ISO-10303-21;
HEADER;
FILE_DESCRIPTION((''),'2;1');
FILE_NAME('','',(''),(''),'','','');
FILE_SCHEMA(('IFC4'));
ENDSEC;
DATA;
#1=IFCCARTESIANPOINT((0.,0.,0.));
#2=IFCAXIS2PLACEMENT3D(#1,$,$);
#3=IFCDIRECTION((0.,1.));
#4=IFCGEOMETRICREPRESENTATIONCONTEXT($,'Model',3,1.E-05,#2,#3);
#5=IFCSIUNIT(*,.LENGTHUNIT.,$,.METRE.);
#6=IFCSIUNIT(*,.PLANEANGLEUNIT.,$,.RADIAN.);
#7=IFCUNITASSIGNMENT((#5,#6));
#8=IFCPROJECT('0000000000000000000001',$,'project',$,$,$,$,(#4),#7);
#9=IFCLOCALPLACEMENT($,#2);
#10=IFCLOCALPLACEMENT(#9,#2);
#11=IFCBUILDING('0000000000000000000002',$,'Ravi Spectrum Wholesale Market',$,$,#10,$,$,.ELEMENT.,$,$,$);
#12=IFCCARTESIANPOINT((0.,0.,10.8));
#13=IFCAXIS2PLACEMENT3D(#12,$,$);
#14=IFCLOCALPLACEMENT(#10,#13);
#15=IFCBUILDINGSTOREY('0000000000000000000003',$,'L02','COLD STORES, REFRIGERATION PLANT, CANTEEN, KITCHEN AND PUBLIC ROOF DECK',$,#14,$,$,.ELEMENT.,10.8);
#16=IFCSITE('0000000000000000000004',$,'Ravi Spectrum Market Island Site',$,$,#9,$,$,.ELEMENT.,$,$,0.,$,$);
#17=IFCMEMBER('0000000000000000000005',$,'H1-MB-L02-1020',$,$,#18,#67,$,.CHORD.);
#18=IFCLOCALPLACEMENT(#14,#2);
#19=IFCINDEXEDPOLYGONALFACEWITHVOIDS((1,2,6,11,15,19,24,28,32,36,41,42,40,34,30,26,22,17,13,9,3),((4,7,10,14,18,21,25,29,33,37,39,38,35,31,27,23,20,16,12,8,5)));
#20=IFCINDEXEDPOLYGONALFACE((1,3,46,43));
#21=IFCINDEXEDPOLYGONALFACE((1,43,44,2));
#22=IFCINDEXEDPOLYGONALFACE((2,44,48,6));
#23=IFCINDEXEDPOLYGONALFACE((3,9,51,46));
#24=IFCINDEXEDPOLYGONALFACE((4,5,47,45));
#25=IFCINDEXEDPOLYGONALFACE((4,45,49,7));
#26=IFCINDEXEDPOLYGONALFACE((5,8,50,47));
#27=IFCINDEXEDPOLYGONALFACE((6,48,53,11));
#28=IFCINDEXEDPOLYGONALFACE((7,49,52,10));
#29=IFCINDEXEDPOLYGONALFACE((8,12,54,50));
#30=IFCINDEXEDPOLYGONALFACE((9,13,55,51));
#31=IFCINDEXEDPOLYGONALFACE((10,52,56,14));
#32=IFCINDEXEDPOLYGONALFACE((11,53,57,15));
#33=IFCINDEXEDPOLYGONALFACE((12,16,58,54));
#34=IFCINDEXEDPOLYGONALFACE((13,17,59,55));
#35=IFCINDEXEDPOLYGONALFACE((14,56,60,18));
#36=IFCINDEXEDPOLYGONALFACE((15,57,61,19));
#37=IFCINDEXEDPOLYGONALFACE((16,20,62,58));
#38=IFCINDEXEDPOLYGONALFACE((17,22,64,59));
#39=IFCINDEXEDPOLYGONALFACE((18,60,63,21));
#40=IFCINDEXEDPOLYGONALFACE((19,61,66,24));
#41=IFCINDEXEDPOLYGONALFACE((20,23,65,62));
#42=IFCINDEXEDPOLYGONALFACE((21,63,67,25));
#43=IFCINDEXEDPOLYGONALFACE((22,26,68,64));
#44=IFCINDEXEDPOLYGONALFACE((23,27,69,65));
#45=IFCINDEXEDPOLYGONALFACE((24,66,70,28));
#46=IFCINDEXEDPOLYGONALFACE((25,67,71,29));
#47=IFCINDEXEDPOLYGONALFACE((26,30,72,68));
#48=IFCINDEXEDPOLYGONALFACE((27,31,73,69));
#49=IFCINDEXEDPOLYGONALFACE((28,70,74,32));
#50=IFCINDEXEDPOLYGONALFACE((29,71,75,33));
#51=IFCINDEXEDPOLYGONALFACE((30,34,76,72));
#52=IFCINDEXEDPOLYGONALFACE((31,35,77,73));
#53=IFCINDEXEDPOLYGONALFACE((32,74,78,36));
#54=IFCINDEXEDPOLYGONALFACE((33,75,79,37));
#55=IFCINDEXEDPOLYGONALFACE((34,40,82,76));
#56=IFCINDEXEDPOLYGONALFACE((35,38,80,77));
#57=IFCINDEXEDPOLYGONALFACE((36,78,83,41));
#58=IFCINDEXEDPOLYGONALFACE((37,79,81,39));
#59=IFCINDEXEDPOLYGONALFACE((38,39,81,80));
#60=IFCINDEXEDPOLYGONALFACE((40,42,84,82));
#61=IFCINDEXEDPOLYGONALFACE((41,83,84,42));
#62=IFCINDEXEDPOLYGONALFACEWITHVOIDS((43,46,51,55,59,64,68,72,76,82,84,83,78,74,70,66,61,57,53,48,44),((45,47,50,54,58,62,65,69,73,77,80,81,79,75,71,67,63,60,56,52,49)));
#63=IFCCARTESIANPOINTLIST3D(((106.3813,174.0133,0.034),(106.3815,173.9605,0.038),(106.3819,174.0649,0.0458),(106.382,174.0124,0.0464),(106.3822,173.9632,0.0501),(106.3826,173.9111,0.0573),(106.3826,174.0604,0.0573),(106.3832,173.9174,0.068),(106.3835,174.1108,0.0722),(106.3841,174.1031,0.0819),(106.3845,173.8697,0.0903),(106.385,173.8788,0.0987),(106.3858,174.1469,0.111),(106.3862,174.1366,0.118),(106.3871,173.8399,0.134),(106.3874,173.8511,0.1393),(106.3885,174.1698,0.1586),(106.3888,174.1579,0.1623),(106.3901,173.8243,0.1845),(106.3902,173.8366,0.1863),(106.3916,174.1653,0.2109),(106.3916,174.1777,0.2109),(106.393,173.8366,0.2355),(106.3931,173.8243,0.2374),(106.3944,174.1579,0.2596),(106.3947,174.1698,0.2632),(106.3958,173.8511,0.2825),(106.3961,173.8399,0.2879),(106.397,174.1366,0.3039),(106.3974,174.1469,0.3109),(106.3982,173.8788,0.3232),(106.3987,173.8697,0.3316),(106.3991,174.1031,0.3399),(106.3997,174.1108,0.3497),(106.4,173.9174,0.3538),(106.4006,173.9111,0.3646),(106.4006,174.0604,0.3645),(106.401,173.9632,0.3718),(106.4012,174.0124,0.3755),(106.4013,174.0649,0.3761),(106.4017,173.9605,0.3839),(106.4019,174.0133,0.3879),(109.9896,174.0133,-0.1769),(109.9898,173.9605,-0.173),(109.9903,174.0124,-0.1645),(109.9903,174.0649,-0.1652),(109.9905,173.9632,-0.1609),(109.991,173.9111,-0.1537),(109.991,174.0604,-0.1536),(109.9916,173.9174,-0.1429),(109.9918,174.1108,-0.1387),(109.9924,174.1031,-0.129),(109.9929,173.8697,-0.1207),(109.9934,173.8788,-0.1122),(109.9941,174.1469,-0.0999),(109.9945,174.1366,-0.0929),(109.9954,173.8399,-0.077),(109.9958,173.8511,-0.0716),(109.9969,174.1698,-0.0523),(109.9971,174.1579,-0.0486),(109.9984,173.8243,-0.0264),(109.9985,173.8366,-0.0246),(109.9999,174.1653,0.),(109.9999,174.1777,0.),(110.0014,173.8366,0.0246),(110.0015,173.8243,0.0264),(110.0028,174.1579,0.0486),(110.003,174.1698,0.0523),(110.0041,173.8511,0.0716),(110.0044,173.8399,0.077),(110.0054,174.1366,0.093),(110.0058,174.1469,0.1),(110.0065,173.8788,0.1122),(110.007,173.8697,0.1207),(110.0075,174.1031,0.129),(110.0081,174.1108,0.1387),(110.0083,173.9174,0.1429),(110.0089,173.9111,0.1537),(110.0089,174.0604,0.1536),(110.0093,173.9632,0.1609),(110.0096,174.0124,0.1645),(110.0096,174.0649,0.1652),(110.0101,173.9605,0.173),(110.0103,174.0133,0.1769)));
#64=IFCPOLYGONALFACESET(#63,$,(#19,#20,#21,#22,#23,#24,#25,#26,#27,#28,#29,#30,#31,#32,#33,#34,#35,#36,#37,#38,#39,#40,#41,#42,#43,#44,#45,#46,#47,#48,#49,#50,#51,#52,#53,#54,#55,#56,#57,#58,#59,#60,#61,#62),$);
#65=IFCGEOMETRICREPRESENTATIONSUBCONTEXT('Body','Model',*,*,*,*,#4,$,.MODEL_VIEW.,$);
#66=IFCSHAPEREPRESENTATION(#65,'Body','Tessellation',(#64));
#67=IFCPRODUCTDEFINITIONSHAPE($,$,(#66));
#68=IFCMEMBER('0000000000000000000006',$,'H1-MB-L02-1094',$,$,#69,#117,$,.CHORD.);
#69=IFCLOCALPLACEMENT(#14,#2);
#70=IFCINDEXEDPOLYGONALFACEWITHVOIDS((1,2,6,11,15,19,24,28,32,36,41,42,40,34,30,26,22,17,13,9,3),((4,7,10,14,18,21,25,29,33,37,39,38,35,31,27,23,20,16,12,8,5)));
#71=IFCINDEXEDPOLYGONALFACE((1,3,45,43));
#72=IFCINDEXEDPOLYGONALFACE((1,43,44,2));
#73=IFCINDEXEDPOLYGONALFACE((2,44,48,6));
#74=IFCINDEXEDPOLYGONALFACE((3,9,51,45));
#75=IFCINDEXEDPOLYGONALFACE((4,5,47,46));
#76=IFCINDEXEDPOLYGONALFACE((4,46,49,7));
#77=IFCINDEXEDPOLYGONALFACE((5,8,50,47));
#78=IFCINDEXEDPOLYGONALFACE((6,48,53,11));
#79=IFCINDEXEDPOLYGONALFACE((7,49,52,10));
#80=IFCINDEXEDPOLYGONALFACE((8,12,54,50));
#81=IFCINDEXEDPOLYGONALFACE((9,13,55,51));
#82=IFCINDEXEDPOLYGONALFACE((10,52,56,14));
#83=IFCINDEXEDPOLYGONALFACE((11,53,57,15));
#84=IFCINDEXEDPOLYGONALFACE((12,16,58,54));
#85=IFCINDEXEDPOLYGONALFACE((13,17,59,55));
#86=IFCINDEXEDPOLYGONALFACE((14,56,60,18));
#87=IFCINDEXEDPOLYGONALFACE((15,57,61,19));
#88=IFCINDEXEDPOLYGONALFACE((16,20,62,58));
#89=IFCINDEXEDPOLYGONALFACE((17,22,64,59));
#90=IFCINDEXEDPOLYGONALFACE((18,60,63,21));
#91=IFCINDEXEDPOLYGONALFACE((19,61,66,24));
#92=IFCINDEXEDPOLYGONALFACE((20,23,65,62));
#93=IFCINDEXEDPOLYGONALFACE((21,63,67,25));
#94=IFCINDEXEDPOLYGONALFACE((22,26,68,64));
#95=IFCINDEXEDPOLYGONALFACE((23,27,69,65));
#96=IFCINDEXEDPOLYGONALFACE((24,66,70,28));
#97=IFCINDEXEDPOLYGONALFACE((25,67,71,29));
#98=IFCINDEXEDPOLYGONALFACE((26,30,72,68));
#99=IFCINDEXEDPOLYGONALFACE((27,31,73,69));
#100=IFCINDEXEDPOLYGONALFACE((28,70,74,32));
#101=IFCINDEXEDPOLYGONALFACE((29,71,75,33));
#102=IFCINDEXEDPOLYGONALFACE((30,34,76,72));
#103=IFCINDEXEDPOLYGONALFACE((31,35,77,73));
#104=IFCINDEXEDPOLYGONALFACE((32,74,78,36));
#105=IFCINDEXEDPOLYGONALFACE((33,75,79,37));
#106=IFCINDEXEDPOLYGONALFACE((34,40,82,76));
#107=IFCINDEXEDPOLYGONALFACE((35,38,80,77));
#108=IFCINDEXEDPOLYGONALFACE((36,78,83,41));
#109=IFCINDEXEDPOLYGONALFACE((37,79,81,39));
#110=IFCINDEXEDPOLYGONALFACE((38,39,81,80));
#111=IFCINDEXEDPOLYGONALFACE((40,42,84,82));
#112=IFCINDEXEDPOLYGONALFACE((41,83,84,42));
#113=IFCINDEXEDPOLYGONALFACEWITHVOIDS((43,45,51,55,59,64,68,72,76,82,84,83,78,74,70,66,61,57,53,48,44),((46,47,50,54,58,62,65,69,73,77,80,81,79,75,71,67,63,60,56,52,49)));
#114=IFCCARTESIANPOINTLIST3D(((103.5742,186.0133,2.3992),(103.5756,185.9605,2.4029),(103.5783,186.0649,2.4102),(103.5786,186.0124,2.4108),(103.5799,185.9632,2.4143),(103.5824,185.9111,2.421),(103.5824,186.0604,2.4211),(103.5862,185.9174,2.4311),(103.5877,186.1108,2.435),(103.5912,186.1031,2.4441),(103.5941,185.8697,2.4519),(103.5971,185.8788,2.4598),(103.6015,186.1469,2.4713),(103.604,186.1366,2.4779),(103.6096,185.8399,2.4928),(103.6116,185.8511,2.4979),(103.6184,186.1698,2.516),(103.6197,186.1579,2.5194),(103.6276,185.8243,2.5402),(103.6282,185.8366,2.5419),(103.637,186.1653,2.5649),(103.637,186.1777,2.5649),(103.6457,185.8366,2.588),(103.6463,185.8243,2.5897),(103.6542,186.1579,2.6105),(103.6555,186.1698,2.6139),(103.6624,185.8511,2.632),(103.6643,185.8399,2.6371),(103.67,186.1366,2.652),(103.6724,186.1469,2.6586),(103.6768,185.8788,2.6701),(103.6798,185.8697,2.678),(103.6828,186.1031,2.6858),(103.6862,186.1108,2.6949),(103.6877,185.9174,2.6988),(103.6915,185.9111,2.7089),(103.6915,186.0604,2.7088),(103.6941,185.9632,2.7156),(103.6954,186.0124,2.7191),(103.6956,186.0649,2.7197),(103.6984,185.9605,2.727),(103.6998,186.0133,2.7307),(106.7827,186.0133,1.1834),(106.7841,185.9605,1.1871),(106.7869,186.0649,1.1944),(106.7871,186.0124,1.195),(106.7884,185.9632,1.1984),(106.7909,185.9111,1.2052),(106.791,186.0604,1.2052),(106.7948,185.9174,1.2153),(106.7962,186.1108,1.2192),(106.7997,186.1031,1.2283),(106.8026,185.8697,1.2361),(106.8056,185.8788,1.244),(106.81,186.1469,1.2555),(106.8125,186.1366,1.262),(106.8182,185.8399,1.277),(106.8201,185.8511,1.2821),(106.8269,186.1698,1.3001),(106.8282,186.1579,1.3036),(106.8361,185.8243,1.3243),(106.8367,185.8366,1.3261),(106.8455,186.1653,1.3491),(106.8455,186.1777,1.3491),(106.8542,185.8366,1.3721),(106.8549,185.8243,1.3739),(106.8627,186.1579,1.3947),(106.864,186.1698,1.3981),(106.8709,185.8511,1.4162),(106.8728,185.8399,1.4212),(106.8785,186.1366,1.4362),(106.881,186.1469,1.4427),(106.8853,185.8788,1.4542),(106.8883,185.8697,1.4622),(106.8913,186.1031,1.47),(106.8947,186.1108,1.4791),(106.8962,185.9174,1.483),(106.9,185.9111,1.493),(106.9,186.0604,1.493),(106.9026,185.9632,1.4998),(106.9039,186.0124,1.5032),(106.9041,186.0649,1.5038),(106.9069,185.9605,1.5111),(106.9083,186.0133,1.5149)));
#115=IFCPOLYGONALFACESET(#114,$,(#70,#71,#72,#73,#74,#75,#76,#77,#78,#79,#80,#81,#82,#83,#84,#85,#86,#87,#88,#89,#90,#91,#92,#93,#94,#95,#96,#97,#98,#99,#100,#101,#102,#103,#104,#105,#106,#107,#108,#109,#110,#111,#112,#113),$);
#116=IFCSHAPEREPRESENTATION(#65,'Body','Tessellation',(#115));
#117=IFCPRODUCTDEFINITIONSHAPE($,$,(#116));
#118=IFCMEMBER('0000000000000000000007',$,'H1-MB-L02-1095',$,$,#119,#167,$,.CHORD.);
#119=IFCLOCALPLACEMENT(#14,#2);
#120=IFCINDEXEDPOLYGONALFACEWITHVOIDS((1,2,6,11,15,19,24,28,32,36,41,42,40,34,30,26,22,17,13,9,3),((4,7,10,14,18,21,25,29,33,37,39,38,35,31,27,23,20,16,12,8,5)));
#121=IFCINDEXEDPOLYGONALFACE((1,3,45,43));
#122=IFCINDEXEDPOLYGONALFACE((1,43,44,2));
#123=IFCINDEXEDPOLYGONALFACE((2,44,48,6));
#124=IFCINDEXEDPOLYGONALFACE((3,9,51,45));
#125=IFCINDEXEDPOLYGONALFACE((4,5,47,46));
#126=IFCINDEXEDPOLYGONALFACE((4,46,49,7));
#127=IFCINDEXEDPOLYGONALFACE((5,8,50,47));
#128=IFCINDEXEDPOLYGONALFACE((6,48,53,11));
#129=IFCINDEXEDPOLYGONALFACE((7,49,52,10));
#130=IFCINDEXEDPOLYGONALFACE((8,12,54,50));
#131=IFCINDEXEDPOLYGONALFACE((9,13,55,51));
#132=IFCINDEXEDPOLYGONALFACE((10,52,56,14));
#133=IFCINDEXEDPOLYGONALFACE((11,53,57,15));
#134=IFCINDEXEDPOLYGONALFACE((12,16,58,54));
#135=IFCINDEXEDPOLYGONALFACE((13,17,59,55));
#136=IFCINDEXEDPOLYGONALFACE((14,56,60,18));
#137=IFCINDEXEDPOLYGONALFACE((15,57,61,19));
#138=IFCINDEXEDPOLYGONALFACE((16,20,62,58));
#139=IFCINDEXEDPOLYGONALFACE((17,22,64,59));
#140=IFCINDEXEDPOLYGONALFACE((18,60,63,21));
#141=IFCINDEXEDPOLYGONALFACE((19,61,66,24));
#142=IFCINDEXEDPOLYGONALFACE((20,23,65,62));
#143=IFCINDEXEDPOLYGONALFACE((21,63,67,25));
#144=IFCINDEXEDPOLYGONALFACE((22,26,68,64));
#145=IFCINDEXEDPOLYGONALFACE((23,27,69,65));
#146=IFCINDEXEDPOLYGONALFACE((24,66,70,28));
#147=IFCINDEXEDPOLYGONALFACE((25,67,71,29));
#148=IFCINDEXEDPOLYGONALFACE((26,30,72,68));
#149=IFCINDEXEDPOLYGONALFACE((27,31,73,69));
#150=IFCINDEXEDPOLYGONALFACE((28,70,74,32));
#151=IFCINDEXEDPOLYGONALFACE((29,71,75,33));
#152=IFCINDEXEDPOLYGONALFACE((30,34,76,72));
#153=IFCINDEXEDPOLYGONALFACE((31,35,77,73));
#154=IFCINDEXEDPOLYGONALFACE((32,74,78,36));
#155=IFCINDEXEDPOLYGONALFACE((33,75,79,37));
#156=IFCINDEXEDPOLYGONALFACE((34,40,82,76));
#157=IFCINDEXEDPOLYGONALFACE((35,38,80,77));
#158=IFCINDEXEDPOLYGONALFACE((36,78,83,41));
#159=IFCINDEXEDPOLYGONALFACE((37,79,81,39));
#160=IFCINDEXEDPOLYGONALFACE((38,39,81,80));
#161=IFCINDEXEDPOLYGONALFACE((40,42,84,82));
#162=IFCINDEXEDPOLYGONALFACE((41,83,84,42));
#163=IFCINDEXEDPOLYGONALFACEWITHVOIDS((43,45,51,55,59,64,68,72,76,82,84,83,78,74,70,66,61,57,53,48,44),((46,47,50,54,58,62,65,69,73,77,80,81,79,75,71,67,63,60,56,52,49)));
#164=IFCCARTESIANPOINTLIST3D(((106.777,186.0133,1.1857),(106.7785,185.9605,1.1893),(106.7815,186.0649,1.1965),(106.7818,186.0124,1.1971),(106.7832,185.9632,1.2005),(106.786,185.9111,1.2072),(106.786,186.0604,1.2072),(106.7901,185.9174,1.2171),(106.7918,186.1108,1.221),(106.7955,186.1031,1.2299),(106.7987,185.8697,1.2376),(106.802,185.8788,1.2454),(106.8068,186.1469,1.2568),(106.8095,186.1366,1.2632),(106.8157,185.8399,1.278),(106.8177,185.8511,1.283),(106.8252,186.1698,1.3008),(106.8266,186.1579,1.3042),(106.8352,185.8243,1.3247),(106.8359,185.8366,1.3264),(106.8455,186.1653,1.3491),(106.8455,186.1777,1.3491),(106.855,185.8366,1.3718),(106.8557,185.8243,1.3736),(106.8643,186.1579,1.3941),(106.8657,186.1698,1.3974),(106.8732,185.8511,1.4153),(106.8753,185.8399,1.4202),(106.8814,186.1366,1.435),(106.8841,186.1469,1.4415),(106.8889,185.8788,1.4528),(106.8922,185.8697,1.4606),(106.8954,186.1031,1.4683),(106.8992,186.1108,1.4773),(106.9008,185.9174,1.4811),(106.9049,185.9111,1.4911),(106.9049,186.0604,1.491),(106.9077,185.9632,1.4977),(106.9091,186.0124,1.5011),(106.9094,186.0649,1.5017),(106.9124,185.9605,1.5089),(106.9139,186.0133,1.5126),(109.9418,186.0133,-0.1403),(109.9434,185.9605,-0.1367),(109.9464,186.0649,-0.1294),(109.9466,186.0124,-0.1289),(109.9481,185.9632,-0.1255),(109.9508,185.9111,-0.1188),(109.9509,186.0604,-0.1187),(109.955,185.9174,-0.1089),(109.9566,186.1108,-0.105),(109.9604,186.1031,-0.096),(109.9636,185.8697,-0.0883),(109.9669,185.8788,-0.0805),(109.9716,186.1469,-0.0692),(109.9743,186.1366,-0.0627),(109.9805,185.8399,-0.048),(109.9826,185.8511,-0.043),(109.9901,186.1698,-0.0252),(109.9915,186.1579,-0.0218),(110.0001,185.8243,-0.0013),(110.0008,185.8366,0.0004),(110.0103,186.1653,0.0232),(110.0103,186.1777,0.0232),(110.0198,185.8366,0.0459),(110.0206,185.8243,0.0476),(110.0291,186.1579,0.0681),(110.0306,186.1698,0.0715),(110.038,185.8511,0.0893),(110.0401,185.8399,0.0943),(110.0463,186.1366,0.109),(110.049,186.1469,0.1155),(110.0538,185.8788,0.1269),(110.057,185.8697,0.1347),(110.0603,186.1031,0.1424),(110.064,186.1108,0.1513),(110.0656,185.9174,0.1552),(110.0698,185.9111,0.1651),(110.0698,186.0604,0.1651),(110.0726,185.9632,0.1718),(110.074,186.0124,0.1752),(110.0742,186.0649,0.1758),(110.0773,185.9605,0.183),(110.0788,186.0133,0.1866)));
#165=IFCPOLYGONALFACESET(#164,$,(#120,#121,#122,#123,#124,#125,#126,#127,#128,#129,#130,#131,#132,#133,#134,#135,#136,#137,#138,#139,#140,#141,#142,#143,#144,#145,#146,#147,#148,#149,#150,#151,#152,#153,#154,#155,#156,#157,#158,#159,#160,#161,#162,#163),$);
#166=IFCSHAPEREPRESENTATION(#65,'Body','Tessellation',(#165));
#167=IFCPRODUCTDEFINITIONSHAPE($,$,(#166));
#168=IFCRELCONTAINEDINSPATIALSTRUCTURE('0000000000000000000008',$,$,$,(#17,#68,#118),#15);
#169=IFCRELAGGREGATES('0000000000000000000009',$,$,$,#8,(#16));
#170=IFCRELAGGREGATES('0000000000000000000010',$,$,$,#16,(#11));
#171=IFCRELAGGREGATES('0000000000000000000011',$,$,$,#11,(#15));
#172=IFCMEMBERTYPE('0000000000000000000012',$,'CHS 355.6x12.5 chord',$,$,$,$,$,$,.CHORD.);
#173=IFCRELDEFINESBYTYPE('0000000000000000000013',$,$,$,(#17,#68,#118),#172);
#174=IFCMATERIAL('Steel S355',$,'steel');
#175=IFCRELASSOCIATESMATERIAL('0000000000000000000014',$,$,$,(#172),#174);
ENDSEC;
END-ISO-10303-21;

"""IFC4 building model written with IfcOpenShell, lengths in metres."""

from ifc_helpers import new_model, si_unit, direction, frame, origin, origin_2d, place, context, subcontext, project, spatial, hollow_circle, extrude, material, material_profile, profile_set, type_object, element, save


model = new_model("IFC4")

# Units and contexts
model_context = context("Model", 3, precision=1e-05, world=origin(), true_north=direction((0.0, 1.0)))
body_context = subcontext(model_context, "Body", "Model", "MODEL_VIEW")
ifc_project = project(units=[si_unit("LENGTHUNIT", "METRE"), si_unit("PLANEANGLEUNIT", "RADIAN")], contexts=[model_context])

# Site, building, storey
site_placement = place(None, origin())
site = spatial("IfcSite", under=ifc_project, at=site_placement, Name="Ravi Spectrum Market Island Site", CompositionType="ELEMENT", RefElevation=0.0)
building_placement = place(site_placement, origin())
building = spatial("IfcBuilding", under=site, at=building_placement, Name="Ravi Spectrum Wholesale Market", CompositionType="ELEMENT")
storey_placement = place(building_placement, frame((0.0, 0.0, 10.8)))
storey = spatial("IfcBuildingStorey", under=building, at=storey_placement, Name="L02", Description="COLD STORES, REFRIGERATION PLANT, CANTEEN, KITCHEN AND PUBLIC ROOF DECK", CompositionType="ELEMENT", Elevation=10.8)

# Members
ifc_material_1 = material(Name="Steel S355", Category="steel")
ifc_material_profile_1 = material_profile(ifc_material_1, hollow_circle(Radius=0.1777, WallThickness=0.0125, at=origin_2d()))
ifc_profile_set_1 = profile_set([ifc_material_profile_1], Name="Steel S355")
member_type_1 = type_object("IfcMemberType", Name="CHS 355.6x12.5 chord", PredefinedType="CHORD", material=ifc_profile_set_1)
member_1_placement = place(storey_placement, frame((106.3916, 174.0, 0.2109), z_axis=(0.998296, 0.0, -0.058358), x_axis=(0.0, 1.0, 0.0)))
element("IfcMember", 1, at=member_1_placement, inside=storey, type_object=member_type_1, Name="H1-MB-L02-1020", PredefinedType="CHORD", context=body_context, shape_type="SweptSolid", body=[
    extrude(hollow_circle(Radius=0.1777, WallThickness=0.0125, at=origin_2d()), origin(), (0.0, 0.0, 1.0), 3.6145),
])
member_2_placement = place(storey_placement, frame((103.637, 186.0, 2.5649), z_axis=(0.935113, 0.0, -0.35435), x_axis=(0.0, 1.0, 0.0)))
element("IfcMember", 2, at=member_2_placement, inside=storey, type_object=member_type_1, Name="H1-MB-L02-1094", PredefinedType="CHORD", context=body_context, shape_type="SweptSolid", body=[
    extrude(hollow_circle(Radius=0.1777, WallThickness=0.0125, at=origin_2d()), origin(), (0.0, 0.0, 1.0), 3.4312),
])
member_3_placement = place(storey_placement, frame((106.8455, 186.0, 1.3491), z_axis=(0.922324, 0.0, -0.386418), x_axis=(0.0, 1.0, 0.0)))
element("IfcMember", 3, at=member_3_placement, inside=storey, type_object=member_type_1, Name="H1-MB-L02-1095", PredefinedType="CHORD", context=body_context, shape_type="SweptSolid", body=[
    extrude(hollow_circle(Radius=0.1777, WallThickness=0.0125, at=origin_2d()), origin(), (0.0, 0.0, 1.0), 3.4314),
])

save(model, "model.ifc")
